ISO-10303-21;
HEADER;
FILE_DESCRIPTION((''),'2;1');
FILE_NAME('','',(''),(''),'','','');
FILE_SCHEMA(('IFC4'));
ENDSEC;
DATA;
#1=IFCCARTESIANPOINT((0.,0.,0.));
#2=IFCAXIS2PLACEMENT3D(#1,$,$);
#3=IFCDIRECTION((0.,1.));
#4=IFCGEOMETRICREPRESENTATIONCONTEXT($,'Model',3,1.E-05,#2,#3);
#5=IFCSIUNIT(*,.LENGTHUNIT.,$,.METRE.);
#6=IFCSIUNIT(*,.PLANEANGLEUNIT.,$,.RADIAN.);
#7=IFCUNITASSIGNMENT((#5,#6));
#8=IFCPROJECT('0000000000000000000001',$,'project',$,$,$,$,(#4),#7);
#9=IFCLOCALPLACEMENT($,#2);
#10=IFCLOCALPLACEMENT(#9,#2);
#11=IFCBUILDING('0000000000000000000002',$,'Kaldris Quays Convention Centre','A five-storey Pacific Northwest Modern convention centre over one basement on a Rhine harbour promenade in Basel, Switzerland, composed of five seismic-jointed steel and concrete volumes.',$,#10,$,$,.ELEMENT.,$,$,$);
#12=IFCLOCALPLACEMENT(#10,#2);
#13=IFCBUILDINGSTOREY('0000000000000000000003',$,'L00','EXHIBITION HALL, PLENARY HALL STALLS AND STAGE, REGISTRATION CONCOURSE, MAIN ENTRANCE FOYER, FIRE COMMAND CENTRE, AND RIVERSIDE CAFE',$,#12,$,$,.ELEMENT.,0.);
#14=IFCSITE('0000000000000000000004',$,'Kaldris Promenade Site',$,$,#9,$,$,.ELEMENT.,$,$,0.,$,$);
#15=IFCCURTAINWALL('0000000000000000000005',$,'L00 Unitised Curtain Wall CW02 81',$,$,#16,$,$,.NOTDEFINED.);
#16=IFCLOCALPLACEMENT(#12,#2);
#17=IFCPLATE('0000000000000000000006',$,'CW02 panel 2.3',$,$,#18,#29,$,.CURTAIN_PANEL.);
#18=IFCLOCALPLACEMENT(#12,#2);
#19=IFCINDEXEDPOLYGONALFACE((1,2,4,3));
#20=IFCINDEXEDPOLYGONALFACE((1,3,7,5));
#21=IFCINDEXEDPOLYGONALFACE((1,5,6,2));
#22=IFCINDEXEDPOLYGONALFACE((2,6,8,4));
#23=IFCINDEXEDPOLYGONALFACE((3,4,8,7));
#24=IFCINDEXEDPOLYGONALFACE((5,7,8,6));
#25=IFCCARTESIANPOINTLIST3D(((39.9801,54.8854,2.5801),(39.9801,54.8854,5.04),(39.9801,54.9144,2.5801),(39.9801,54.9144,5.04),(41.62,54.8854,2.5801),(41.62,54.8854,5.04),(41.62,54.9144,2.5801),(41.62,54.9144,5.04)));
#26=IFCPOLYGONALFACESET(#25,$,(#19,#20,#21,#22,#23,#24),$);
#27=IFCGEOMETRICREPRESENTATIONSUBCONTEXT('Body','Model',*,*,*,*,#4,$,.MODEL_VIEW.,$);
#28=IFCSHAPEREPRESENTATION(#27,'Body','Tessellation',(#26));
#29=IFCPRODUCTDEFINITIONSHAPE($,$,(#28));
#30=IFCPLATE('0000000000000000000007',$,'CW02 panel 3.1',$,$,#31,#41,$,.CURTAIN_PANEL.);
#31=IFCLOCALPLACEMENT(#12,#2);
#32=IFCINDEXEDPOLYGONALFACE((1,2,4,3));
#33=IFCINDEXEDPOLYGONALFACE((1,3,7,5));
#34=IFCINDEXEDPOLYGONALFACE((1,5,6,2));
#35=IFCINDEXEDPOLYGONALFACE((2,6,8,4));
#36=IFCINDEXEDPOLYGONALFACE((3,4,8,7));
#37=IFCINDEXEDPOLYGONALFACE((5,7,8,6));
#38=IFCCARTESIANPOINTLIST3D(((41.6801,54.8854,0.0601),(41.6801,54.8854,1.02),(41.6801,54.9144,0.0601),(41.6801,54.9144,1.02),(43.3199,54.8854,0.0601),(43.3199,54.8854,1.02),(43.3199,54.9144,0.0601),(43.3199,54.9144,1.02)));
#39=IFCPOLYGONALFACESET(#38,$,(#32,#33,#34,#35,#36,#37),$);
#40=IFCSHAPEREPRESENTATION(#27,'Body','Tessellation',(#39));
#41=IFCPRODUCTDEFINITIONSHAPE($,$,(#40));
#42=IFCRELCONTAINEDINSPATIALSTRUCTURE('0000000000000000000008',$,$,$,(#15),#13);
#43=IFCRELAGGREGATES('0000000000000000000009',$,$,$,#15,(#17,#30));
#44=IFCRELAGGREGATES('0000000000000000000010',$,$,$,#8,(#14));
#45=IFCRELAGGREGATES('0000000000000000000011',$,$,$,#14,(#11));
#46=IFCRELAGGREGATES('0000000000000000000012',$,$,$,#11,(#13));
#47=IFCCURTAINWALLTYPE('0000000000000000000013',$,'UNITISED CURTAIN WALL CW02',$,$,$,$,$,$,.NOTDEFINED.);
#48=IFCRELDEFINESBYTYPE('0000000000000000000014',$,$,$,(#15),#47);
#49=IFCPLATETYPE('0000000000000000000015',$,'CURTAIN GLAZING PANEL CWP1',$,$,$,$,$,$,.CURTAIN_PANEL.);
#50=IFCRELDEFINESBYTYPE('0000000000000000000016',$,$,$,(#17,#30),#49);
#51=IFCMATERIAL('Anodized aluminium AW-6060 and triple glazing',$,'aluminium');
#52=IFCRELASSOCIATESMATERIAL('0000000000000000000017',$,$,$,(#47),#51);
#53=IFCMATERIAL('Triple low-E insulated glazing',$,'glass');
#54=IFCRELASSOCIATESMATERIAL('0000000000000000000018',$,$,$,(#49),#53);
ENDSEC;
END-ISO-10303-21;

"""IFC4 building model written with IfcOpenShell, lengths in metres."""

from ifc_helpers import new_model, si_unit, direction, frame, origin, origin_2d, place, context, subcontext, project, spatial, rectangle, extrude, material, type_object, element, aggregate, save


model = new_model("IFC4")

# Units and contexts
model_context = context("Model", 3, precision=1e-05, world=origin(), true_north=direction((0.0, 1.0)))
body_context = subcontext(model_context, "Body", "Model", "MODEL_VIEW")
ifc_project = project(units=[si_unit("LENGTHUNIT", "METRE"), si_unit("PLANEANGLEUNIT", "RADIAN")], contexts=[model_context])

# Site, building, storey
site_placement = place(None, origin())
site = spatial("IfcSite", under=ifc_project, at=site_placement, Name="Kaldris Promenade Site", CompositionType="ELEMENT", RefElevation=0.0)
building_placement = place(site_placement, origin())
building = spatial("IfcBuilding", under=site, at=building_placement, Name="Kaldris Quays Convention Centre", Description="A five-storey Pacific Northwest Modern convention centre over one basement on a Rhine harbour promenade in Basel, Switzerland, composed of five seismic-jointed steel and concrete volumes.", CompositionType="ELEMENT")
storey_placement = place(building_placement, origin())
storey = spatial("IfcBuildingStorey", under=building, at=storey_placement, Name="L00", Description="EXHIBITION HALL, PLENARY HALL STALLS AND STAGE, REGISTRATION CONCOURSE, MAIN ENTRANCE FOYER, FIRE COMMAND CENTRE, AND RIVERSIDE CAFE", CompositionType="ELEMENT", Elevation=0.0)

# Curtain wall, plates
ifc_material_1 = material(Name="Anodized aluminium AW-6060 and triple glazing", Category="aluminium")
curtain_wall_type = type_object("IfcCurtainWallType", Name="UNITISED CURTAIN WALL CW02", PredefinedType="NOTDEFINED", material=ifc_material_1)
curtain_wall_placement = place(storey_placement, origin())
curtain_wall = element("IfcCurtainWall", 1, at=curtain_wall_placement, inside=storey, type_object=curtain_wall_type, Name="L00 Unitised Curtain Wall CW02 81", PredefinedType="NOTDEFINED")
ifc_material_2 = material(Name="Triple low-E insulated glazing", Category="glass")
plate_type = type_object("IfcPlateType", Name="CURTAIN GLAZING PANEL CWP1", PredefinedType="CURTAIN_PANEL", material=ifc_material_2)
plate_1_placement = place(storey_placement, frame((40.8, 54.8999, 2.5801), z_axis=(0.0, 0.0, 1.0), x_axis=(1.0, 0.0, 0.0)))
plate_1 = element("IfcPlate", 2, at=plate_1_placement, type_object=plate_type, Name="CW02 panel 2.3", PredefinedType="CURTAIN_PANEL", context=body_context, shape_type="SweptSolid", body=[
    extrude(rectangle(XDim=1.6399, YDim=0.0291, at=origin_2d()), origin(), (0.0, 0.0, 1.0), 2.46),
])
plate_2_placement = place(storey_placement, frame((42.5, 54.8999, 0.0601), z_axis=(0.0, 0.0, 1.0), x_axis=(1.0, 0.0, 0.0)))
plate_2 = element("IfcPlate", 3, at=plate_2_placement, type_object=plate_type, Name="CW02 panel 3.1", PredefinedType="CURTAIN_PANEL", context=body_context, shape_type="SweptSolid", body=[
    extrude(rectangle(XDim=1.6399, YDim=0.0291, at=origin_2d()), origin(), (0.0, 0.0, 1.0), 0.96),
])
aggregate(curtain_wall, [plate_1, plate_2])

save(model, "model.ifc")
